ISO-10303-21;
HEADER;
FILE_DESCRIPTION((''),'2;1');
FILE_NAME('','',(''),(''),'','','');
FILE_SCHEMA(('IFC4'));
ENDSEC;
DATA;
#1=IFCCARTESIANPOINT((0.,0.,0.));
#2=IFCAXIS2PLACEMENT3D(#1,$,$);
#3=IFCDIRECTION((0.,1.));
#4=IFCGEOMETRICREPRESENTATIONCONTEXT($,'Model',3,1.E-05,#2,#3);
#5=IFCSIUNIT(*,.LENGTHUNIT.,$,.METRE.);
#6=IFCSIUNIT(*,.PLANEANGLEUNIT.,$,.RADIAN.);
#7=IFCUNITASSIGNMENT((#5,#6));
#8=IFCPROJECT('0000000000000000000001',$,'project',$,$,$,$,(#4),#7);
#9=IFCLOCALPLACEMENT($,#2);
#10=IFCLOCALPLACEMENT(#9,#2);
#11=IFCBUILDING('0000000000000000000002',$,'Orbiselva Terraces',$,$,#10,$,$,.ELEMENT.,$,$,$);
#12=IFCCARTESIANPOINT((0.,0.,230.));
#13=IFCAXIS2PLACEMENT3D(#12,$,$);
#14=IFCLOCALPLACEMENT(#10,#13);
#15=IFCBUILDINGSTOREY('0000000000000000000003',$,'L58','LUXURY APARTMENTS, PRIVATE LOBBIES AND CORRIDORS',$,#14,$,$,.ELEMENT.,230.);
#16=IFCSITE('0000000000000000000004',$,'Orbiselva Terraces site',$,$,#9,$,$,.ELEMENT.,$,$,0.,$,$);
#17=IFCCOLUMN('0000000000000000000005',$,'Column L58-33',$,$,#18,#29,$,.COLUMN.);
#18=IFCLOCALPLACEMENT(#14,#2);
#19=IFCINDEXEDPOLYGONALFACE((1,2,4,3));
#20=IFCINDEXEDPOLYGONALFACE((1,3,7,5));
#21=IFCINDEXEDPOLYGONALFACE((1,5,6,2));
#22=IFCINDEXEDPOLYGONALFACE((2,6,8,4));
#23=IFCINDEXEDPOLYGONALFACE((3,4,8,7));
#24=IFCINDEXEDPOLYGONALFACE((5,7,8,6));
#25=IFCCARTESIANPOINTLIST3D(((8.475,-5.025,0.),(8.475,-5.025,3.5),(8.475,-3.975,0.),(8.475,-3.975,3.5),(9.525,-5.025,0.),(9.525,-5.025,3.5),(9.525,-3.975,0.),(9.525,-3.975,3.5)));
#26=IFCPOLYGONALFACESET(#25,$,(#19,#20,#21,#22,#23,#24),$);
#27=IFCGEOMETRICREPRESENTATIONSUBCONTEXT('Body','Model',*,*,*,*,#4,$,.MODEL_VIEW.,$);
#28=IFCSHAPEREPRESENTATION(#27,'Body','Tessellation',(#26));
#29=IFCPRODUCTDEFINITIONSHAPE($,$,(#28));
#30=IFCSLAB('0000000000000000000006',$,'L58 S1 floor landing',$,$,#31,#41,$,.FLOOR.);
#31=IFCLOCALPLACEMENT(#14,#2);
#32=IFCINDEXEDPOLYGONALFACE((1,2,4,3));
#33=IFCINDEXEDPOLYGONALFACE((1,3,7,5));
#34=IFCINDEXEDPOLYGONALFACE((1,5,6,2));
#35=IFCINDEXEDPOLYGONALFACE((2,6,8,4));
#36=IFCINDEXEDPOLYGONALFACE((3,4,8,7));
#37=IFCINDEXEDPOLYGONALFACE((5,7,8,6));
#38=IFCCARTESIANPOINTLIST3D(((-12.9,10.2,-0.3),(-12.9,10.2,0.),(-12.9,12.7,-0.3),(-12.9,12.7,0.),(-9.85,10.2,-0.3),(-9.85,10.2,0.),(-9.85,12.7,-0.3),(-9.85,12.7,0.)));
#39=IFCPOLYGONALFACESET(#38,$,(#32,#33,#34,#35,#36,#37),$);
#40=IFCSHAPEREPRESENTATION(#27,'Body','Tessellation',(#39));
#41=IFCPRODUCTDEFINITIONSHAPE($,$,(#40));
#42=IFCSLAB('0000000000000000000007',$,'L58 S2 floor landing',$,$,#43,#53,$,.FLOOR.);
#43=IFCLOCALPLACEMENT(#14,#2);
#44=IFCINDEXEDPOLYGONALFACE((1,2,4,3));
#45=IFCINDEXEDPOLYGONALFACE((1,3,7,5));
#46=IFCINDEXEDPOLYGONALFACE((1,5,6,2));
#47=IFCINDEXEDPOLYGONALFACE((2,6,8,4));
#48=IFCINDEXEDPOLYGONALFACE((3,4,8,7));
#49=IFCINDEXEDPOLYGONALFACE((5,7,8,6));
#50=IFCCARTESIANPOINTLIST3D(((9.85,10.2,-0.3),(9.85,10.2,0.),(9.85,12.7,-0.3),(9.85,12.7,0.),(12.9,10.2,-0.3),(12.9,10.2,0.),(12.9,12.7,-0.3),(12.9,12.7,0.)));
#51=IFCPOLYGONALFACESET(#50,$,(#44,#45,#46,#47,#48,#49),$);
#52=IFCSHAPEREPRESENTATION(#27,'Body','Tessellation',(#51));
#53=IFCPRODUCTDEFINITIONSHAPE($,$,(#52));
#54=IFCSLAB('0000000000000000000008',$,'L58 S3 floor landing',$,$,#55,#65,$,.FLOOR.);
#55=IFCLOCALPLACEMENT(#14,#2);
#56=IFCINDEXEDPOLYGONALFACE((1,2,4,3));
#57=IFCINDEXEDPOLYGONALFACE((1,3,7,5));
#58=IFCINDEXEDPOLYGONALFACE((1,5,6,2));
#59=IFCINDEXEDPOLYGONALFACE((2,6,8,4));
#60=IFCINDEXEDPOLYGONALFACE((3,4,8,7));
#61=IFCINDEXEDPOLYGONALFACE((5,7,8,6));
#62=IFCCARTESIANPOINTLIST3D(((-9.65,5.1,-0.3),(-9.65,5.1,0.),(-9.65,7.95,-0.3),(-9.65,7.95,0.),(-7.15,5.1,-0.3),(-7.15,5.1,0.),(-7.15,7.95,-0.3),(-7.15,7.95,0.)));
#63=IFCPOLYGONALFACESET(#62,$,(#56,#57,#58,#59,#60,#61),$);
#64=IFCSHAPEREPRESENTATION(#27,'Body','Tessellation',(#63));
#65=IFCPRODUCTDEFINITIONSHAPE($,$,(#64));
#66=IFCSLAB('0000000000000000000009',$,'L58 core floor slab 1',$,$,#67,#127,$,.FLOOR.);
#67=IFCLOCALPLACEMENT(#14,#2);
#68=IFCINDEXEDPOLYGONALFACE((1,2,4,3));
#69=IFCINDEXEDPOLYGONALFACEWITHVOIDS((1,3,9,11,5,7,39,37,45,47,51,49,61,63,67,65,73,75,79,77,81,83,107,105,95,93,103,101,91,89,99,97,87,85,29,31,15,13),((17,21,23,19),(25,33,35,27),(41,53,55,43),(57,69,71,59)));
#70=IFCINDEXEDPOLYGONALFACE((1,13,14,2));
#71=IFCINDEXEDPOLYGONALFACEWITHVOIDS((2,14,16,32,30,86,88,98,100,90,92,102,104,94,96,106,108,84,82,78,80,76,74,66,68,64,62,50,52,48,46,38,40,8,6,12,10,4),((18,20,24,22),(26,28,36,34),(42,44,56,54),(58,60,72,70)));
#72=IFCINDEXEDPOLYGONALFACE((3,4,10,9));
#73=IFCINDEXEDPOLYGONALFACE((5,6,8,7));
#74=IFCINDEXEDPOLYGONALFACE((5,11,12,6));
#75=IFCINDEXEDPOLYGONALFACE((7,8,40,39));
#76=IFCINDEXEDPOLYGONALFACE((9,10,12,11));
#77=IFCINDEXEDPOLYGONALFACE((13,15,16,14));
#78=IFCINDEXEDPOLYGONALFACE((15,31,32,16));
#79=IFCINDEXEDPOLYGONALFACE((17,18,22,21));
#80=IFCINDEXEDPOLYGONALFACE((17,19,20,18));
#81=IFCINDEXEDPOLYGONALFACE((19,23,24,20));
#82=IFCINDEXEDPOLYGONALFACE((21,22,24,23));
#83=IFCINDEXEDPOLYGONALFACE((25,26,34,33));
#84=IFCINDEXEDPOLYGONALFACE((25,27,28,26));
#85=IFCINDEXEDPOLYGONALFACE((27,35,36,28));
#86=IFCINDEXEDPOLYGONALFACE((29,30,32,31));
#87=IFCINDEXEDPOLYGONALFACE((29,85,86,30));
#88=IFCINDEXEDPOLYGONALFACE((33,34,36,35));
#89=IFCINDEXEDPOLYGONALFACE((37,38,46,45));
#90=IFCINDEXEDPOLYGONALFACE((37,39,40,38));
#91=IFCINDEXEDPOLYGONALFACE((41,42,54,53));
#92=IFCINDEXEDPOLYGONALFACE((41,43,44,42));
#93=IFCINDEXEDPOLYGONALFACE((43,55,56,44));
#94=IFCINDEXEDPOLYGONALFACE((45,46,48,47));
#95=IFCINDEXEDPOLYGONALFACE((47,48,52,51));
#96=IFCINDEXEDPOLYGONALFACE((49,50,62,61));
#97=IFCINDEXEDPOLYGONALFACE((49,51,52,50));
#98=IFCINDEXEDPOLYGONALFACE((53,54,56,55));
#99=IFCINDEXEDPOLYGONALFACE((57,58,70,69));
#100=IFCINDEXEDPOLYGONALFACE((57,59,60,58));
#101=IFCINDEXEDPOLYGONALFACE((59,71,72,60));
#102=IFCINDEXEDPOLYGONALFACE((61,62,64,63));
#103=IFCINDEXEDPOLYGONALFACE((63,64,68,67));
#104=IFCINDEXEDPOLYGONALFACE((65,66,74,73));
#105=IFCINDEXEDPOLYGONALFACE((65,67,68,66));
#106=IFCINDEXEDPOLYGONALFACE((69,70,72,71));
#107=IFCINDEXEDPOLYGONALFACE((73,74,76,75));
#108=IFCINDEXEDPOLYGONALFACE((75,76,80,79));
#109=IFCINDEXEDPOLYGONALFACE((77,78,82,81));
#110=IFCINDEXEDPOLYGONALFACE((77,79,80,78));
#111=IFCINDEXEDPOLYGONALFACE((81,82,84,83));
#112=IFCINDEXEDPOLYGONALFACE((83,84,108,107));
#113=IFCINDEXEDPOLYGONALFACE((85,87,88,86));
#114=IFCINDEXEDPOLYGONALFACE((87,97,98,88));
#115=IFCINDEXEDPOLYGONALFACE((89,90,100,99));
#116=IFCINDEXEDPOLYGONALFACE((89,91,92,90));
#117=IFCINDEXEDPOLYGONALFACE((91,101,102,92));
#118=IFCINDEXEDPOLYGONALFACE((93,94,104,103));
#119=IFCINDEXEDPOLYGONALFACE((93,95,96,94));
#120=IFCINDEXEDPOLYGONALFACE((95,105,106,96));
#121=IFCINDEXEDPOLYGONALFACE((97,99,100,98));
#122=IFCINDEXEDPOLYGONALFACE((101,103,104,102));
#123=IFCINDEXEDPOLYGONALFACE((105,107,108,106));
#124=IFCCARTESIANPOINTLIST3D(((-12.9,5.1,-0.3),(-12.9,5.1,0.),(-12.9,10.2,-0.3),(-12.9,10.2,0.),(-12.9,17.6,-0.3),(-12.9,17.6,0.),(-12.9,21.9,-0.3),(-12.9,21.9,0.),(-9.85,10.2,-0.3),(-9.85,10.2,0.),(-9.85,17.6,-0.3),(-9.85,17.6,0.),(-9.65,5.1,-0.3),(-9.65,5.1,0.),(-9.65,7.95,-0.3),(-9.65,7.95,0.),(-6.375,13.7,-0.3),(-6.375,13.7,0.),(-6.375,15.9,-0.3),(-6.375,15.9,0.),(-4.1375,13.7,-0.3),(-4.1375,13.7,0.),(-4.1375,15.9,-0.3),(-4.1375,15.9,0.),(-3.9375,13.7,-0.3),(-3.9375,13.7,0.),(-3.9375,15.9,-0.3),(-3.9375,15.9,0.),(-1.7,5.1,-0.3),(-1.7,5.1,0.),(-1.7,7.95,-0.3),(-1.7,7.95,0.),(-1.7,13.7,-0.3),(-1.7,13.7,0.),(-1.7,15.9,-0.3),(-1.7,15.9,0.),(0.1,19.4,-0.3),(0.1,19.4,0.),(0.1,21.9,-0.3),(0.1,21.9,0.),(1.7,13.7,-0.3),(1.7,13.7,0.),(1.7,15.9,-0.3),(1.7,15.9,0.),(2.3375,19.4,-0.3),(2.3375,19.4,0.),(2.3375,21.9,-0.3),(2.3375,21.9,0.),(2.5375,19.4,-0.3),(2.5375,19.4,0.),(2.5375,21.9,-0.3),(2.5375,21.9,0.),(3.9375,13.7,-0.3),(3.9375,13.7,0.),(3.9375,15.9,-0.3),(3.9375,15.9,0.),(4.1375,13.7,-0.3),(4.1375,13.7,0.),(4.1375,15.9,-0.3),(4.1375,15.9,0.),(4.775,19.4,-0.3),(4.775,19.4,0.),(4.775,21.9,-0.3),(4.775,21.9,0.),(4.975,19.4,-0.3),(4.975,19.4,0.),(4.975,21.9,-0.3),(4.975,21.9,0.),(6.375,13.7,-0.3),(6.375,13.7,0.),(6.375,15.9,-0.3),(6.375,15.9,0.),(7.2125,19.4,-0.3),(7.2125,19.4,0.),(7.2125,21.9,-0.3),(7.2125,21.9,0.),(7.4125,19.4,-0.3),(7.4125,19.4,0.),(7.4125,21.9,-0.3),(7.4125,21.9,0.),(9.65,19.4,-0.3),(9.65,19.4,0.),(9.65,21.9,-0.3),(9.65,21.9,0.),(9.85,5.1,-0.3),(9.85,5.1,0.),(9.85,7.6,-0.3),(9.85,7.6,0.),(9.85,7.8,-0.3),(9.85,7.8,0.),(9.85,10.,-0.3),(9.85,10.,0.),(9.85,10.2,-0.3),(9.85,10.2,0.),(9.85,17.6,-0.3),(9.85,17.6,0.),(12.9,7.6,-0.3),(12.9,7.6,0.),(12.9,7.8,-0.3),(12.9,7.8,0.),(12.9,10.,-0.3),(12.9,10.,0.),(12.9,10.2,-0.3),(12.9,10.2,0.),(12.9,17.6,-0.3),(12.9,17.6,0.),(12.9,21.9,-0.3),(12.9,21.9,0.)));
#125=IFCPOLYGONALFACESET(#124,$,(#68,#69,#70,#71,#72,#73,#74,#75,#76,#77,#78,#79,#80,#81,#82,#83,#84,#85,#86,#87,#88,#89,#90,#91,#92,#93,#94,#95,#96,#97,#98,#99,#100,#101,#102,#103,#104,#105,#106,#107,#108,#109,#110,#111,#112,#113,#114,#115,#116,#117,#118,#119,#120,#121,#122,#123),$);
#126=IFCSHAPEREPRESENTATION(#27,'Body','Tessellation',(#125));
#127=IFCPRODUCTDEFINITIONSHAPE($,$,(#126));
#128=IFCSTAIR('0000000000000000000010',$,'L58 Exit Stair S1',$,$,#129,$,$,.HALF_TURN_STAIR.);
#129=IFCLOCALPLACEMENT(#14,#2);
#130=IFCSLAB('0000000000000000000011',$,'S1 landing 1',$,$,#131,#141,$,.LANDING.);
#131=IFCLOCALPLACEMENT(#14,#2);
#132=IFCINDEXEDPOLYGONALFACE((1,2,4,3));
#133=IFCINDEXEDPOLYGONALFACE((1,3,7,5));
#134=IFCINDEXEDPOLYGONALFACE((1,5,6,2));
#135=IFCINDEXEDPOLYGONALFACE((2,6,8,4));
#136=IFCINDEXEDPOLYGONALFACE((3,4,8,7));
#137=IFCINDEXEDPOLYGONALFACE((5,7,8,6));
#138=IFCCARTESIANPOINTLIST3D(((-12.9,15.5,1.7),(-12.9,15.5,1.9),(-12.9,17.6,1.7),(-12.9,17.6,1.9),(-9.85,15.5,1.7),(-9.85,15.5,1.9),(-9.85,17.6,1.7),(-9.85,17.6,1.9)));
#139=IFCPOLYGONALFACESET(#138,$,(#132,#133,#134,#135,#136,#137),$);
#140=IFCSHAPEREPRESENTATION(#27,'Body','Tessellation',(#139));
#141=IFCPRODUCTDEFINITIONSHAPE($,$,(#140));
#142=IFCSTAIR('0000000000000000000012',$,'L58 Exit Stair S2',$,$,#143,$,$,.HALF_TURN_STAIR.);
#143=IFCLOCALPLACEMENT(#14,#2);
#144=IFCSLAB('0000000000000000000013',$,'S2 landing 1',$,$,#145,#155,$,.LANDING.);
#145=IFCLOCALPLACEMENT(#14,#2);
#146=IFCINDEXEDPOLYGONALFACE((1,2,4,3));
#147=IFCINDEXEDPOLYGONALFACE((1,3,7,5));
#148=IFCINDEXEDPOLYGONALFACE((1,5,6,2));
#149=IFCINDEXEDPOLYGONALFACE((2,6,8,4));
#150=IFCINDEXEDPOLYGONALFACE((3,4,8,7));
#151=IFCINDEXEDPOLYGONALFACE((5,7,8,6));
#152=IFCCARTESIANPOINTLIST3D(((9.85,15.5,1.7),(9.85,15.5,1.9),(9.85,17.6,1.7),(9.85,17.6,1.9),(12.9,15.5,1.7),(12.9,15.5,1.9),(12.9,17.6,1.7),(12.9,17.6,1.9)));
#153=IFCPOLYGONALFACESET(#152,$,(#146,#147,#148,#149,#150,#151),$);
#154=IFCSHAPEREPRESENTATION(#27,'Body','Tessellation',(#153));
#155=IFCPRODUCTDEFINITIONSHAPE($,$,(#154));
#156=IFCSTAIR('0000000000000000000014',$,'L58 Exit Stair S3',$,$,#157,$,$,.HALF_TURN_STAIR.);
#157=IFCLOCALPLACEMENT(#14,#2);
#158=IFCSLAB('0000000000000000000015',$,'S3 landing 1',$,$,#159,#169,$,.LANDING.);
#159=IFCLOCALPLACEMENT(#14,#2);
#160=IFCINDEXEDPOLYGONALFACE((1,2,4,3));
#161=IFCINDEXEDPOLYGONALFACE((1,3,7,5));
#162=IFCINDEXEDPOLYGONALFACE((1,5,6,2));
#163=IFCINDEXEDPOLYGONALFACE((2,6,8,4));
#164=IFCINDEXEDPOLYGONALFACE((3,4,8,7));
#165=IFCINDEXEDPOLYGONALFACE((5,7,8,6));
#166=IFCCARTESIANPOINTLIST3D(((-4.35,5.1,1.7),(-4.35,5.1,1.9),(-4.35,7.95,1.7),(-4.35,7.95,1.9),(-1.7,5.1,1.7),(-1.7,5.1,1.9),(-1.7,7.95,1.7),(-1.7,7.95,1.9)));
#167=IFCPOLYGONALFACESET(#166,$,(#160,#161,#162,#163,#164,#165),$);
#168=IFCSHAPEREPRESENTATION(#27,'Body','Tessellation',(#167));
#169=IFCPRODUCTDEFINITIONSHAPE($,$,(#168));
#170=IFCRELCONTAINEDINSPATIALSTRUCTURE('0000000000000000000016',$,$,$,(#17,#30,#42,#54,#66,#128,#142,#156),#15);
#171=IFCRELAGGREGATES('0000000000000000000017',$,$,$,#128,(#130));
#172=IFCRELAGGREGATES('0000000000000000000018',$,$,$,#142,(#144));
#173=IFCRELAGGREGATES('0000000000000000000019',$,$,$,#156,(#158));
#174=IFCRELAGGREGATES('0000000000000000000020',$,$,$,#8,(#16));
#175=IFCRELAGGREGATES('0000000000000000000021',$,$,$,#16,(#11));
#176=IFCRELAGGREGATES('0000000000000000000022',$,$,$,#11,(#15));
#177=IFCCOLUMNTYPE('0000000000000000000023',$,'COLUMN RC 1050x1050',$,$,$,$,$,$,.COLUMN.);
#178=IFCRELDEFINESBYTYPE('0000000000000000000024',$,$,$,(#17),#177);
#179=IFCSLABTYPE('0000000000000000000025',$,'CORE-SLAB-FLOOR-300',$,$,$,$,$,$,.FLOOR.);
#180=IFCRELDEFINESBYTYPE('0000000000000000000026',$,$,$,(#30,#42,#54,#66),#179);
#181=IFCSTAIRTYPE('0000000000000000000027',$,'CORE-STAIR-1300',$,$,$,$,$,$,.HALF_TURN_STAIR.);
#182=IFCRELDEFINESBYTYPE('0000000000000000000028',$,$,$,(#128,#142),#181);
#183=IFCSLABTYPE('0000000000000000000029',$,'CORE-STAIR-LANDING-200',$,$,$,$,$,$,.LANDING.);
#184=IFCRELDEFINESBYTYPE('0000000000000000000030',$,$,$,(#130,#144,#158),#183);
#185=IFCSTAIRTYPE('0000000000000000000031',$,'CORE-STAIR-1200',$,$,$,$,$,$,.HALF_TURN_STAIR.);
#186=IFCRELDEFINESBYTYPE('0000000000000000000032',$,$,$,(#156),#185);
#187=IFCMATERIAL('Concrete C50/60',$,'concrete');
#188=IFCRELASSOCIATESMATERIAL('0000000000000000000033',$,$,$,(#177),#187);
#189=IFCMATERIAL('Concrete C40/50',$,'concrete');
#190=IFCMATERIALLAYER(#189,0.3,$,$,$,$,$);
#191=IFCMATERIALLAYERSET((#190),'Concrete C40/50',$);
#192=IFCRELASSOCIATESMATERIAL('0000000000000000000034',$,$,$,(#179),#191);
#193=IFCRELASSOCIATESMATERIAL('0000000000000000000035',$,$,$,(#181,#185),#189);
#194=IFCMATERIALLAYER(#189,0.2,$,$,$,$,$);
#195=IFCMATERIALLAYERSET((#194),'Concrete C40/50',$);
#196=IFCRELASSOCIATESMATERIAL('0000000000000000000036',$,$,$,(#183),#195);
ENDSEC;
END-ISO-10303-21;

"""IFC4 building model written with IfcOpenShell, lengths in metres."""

from ifc_helpers import new_model, si_unit, direction, frame, origin, origin_2d, place, context, subcontext, project, spatial, polyline, rectangle, outline, extrude, material, layer, layer_set, material_profile, profile_set, type_object, element, aggregate, save


model = new_model("IFC4")

# Units and contexts
model_context = context("Model", 3, precision=1e-05, world=origin(), true_north=direction((0.0, 1.0)))
body_context = subcontext(model_context, "Body", "Model", "MODEL_VIEW")
ifc_project = project(units=[si_unit("LENGTHUNIT", "METRE"), si_unit("PLANEANGLEUNIT", "RADIAN")], contexts=[model_context])

# Site, building, storey
site_placement = place(None, origin())
site = spatial("IfcSite", under=ifc_project, at=site_placement, Name="Orbiselva Terraces site", CompositionType="ELEMENT", RefElevation=0.0)
building_placement = place(site_placement, origin())
building = spatial("IfcBuilding", under=site, at=building_placement, Name="Orbiselva Terraces", CompositionType="ELEMENT")
storey_placement = place(building_placement, frame((0.0, 0.0, 230.0)))
storey = spatial("IfcBuildingStorey", under=building, at=storey_placement, Name="L58", Description="LUXURY APARTMENTS, PRIVATE LOBBIES AND CORRIDORS", CompositionType="ELEMENT", Elevation=230.0)

# Column
ifc_material_1 = material(Name="Concrete C50/60", Category="concrete")
ifc_material_profile = material_profile(ifc_material_1, rectangle(XDim=1.05, YDim=1.05, at=origin_2d()), Name="RC 1050x1050")
ifc_profile_set = profile_set([ifc_material_profile], Name="Concrete C50/60")
column_type = type_object("IfcColumnType", Name="COLUMN RC 1050x1050", PredefinedType="COLUMN", material=ifc_profile_set)
column_placement = place(storey_placement, frame((9.0, -4.5, 0.0), z_axis=(0.0, 0.0, 1.0), x_axis=(1.0, 0.0, 0.0)))
element("IfcColumn", 1, at=column_placement, inside=storey, type_object=column_type, Name="Column L58-33", PredefinedType="COLUMN", context=body_context, shape_type="SweptSolid", body=[
    extrude(rectangle(XDim=1.05, YDim=1.05, at=origin_2d()), origin(), (0.0, 0.0, 1.0), 3.5),
])

# Slabs
ifc_material_2 = material(Name="Concrete C40/50", Category="concrete")
ifc_layer_1 = layer(ifc_material_2, 0.3)
ifc_layer_set_1 = layer_set([ifc_layer_1], Name="Concrete C40/50")
slab_type_1 = type_object("IfcSlabType", Name="CORE-SLAB-FLOOR-300", PredefinedType="FLOOR", material=ifc_layer_set_1)
slab_1_placement = place(storey_placement, frame((0.0, 0.0, -0.3)))
element("IfcSlab", 2, at=slab_1_placement, inside=storey, type_object=slab_type_1, Name="L58 S1 floor landing", PredefinedType="FLOOR", context=body_context, shape_type="SweptSolid", body=[
    extrude(outline(polyline([(-12.9, 12.7), (-9.85, 12.7), (-9.85, 10.2), (-12.9, 10.2), (-12.9, 12.7)])), origin(), (0.0, 0.0, 1.0), 0.3),
])
slab_2_placement = place(storey_placement, frame((0.0, 0.0, -0.3)))
element("IfcSlab", 3, at=slab_2_placement, inside=storey, type_object=slab_type_1, Name="L58 S2 floor landing", PredefinedType="FLOOR", context=body_context, shape_type="SweptSolid", body=[
    extrude(outline(polyline([(12.9, 12.7), (12.9, 10.2), (9.85, 10.2), (9.85, 12.7), (12.9, 12.7)])), origin(), (0.0, 0.0, 1.0), 0.3),
])
slab_3_placement = place(storey_placement, frame((0.0, 0.0, -0.3)))
element("IfcSlab", 4, at=slab_3_placement, inside=storey, type_object=slab_type_1, Name="L58 S3 floor landing", PredefinedType="FLOOR", context=body_context, shape_type="SweptSolid", body=[
    extrude(outline(polyline([(-7.15, 5.1), (-9.65, 5.1), (-9.65, 7.95), (-7.15, 7.95), (-7.15, 5.1)])), origin(), (0.0, 0.0, 1.0), 0.3),
])
slab_4_placement = place(storey_placement, frame((0.0, 0.0, -0.3)))
element("IfcSlab", 5, at=slab_4_placement, inside=storey, type_object=slab_type_1, Name="L58 core floor slab 1", PredefinedType="FLOOR", context=body_context, shape_type="SweptSolid", body=[
    extrude(outline(polyline([(-1.7, 5.1), (-1.7, 7.95), (-9.65, 7.95), (-9.65, 5.1), (-12.9, 5.1), (-12.9, 10.2), (-9.85, 10.2), (-9.85, 17.6), (-12.9, 17.6), (-12.9, 21.9), (0.1, 21.9), (0.1, 19.4), (2.3375, 19.4), (2.3375, 21.9), (2.5375, 21.9), (2.5375, 19.4), (4.775, 19.4), (4.775, 21.9), (4.975, 21.9), (4.975, 19.4), (7.2125, 19.4), (7.2125, 21.9), (7.4125, 21.9), (7.4125, 19.4), (9.65, 19.4), (9.65, 21.9), (12.9, 21.9), (12.9, 17.6), (9.85, 17.6), (9.85, 10.2), (12.9, 10.2), (12.9, 10.0), (9.85, 10.0), (9.85, 7.8), (12.9, 7.8), (12.9, 7.6), (9.85, 7.6), (9.85, 5.1), (-1.7, 5.1)]), holes=[polyline([(-4.1375, 13.7), (-4.1375, 15.9), (-6.375, 15.9), (-6.375, 13.7), (-4.1375, 13.7)]), polyline([(-1.7, 13.7), (-1.7, 15.9), (-3.9375, 15.9), (-3.9375, 13.7), (-1.7, 13.7)]), polyline([(3.9375, 15.9), (1.7, 15.9), (1.7, 13.7), (3.9375, 13.7), (3.9375, 15.9)]), polyline([(6.375, 13.7), (6.375, 15.9), (4.1375, 15.9), (4.1375, 13.7), (6.375, 13.7)])]), origin(), (0.0, 0.0, 1.0), 0.3),
])

# Stairs, slabs
stair_type_1 = type_object("IfcStairType", Name="CORE-STAIR-1300", PredefinedType="HALF_TURN_STAIR", material=ifc_material_2)
stair_1_placement = place(storey_placement, origin())
stair_1 = element("IfcStair", 6, at=stair_1_placement, inside=storey, type_object=stair_type_1, Name="L58 Exit Stair S1", PredefinedType="HALF_TURN_STAIR")
ifc_layer_2 = layer(ifc_material_2, 0.2)
ifc_layer_set_2 = layer_set([ifc_layer_2], Name="Concrete C40/50")
slab_type_2 = type_object("IfcSlabType", Name="CORE-STAIR-LANDING-200", PredefinedType="LANDING", material=ifc_layer_set_2)
slab_5_placement = place(storey_placement, frame((0.0, 0.0, 1.7)))
slab_5 = element("IfcSlab", 7, at=slab_5_placement, type_object=slab_type_2, Name="S1 landing 1", PredefinedType="LANDING", context=body_context, shape_type="SweptSolid", body=[
    extrude(outline(polyline([(-9.85, 15.5), (-9.85, 17.6), (-12.9, 17.6), (-12.9, 15.5), (-9.85, 15.5)])), origin(), (0.0, 0.0, 1.0), 0.2),
])
aggregate(stair_1, [slab_5])
stair_2_placement = place(storey_placement, origin())
stair_2 = element("IfcStair", 8, at=stair_2_placement, inside=storey, type_object=stair_type_1, Name="L58 Exit Stair S2", PredefinedType="HALF_TURN_STAIR")
slab_6_placement = place(storey_placement, frame((0.0, 0.0, 1.7)))
slab_6 = element("IfcSlab", 9, at=slab_6_placement, type_object=slab_type_2, Name="S2 landing 1", PredefinedType="LANDING", context=body_context, shape_type="SweptSolid", body=[
    extrude(outline(polyline([(12.9, 15.5), (12.9, 17.6), (9.85, 17.6), (9.85, 15.5), (12.9, 15.5)])), origin(), (0.0, 0.0, 1.0), 0.2),
])
aggregate(stair_2, [slab_6])
stair_type_2 = type_object("IfcStairType", Name="CORE-STAIR-1200", PredefinedType="HALF_TURN_STAIR", material=ifc_material_2)
stair_3_placement = place(storey_placement, origin())
stair_3 = element("IfcStair", 10, at=stair_3_placement, inside=storey, type_object=stair_type_2, Name="L58 Exit Stair S3", PredefinedType="HALF_TURN_STAIR")
slab_7_placement = place(storey_placement, frame((0.0, 0.0, 1.7)))
slab_7 = element("IfcSlab", 11, at=slab_7_placement, type_object=slab_type_2, Name="S3 landing 1", PredefinedType="LANDING", context=body_context, shape_type="SweptSolid", body=[
    extrude(outline(polyline([(-4.35, 5.1), (-1.7, 5.1), (-1.7, 7.95), (-4.35, 7.95), (-4.35, 5.1)])), origin(), (0.0, 0.0, 1.0), 0.2),
])
aggregate(stair_3, [slab_7])

save(model, "model.ifc")
